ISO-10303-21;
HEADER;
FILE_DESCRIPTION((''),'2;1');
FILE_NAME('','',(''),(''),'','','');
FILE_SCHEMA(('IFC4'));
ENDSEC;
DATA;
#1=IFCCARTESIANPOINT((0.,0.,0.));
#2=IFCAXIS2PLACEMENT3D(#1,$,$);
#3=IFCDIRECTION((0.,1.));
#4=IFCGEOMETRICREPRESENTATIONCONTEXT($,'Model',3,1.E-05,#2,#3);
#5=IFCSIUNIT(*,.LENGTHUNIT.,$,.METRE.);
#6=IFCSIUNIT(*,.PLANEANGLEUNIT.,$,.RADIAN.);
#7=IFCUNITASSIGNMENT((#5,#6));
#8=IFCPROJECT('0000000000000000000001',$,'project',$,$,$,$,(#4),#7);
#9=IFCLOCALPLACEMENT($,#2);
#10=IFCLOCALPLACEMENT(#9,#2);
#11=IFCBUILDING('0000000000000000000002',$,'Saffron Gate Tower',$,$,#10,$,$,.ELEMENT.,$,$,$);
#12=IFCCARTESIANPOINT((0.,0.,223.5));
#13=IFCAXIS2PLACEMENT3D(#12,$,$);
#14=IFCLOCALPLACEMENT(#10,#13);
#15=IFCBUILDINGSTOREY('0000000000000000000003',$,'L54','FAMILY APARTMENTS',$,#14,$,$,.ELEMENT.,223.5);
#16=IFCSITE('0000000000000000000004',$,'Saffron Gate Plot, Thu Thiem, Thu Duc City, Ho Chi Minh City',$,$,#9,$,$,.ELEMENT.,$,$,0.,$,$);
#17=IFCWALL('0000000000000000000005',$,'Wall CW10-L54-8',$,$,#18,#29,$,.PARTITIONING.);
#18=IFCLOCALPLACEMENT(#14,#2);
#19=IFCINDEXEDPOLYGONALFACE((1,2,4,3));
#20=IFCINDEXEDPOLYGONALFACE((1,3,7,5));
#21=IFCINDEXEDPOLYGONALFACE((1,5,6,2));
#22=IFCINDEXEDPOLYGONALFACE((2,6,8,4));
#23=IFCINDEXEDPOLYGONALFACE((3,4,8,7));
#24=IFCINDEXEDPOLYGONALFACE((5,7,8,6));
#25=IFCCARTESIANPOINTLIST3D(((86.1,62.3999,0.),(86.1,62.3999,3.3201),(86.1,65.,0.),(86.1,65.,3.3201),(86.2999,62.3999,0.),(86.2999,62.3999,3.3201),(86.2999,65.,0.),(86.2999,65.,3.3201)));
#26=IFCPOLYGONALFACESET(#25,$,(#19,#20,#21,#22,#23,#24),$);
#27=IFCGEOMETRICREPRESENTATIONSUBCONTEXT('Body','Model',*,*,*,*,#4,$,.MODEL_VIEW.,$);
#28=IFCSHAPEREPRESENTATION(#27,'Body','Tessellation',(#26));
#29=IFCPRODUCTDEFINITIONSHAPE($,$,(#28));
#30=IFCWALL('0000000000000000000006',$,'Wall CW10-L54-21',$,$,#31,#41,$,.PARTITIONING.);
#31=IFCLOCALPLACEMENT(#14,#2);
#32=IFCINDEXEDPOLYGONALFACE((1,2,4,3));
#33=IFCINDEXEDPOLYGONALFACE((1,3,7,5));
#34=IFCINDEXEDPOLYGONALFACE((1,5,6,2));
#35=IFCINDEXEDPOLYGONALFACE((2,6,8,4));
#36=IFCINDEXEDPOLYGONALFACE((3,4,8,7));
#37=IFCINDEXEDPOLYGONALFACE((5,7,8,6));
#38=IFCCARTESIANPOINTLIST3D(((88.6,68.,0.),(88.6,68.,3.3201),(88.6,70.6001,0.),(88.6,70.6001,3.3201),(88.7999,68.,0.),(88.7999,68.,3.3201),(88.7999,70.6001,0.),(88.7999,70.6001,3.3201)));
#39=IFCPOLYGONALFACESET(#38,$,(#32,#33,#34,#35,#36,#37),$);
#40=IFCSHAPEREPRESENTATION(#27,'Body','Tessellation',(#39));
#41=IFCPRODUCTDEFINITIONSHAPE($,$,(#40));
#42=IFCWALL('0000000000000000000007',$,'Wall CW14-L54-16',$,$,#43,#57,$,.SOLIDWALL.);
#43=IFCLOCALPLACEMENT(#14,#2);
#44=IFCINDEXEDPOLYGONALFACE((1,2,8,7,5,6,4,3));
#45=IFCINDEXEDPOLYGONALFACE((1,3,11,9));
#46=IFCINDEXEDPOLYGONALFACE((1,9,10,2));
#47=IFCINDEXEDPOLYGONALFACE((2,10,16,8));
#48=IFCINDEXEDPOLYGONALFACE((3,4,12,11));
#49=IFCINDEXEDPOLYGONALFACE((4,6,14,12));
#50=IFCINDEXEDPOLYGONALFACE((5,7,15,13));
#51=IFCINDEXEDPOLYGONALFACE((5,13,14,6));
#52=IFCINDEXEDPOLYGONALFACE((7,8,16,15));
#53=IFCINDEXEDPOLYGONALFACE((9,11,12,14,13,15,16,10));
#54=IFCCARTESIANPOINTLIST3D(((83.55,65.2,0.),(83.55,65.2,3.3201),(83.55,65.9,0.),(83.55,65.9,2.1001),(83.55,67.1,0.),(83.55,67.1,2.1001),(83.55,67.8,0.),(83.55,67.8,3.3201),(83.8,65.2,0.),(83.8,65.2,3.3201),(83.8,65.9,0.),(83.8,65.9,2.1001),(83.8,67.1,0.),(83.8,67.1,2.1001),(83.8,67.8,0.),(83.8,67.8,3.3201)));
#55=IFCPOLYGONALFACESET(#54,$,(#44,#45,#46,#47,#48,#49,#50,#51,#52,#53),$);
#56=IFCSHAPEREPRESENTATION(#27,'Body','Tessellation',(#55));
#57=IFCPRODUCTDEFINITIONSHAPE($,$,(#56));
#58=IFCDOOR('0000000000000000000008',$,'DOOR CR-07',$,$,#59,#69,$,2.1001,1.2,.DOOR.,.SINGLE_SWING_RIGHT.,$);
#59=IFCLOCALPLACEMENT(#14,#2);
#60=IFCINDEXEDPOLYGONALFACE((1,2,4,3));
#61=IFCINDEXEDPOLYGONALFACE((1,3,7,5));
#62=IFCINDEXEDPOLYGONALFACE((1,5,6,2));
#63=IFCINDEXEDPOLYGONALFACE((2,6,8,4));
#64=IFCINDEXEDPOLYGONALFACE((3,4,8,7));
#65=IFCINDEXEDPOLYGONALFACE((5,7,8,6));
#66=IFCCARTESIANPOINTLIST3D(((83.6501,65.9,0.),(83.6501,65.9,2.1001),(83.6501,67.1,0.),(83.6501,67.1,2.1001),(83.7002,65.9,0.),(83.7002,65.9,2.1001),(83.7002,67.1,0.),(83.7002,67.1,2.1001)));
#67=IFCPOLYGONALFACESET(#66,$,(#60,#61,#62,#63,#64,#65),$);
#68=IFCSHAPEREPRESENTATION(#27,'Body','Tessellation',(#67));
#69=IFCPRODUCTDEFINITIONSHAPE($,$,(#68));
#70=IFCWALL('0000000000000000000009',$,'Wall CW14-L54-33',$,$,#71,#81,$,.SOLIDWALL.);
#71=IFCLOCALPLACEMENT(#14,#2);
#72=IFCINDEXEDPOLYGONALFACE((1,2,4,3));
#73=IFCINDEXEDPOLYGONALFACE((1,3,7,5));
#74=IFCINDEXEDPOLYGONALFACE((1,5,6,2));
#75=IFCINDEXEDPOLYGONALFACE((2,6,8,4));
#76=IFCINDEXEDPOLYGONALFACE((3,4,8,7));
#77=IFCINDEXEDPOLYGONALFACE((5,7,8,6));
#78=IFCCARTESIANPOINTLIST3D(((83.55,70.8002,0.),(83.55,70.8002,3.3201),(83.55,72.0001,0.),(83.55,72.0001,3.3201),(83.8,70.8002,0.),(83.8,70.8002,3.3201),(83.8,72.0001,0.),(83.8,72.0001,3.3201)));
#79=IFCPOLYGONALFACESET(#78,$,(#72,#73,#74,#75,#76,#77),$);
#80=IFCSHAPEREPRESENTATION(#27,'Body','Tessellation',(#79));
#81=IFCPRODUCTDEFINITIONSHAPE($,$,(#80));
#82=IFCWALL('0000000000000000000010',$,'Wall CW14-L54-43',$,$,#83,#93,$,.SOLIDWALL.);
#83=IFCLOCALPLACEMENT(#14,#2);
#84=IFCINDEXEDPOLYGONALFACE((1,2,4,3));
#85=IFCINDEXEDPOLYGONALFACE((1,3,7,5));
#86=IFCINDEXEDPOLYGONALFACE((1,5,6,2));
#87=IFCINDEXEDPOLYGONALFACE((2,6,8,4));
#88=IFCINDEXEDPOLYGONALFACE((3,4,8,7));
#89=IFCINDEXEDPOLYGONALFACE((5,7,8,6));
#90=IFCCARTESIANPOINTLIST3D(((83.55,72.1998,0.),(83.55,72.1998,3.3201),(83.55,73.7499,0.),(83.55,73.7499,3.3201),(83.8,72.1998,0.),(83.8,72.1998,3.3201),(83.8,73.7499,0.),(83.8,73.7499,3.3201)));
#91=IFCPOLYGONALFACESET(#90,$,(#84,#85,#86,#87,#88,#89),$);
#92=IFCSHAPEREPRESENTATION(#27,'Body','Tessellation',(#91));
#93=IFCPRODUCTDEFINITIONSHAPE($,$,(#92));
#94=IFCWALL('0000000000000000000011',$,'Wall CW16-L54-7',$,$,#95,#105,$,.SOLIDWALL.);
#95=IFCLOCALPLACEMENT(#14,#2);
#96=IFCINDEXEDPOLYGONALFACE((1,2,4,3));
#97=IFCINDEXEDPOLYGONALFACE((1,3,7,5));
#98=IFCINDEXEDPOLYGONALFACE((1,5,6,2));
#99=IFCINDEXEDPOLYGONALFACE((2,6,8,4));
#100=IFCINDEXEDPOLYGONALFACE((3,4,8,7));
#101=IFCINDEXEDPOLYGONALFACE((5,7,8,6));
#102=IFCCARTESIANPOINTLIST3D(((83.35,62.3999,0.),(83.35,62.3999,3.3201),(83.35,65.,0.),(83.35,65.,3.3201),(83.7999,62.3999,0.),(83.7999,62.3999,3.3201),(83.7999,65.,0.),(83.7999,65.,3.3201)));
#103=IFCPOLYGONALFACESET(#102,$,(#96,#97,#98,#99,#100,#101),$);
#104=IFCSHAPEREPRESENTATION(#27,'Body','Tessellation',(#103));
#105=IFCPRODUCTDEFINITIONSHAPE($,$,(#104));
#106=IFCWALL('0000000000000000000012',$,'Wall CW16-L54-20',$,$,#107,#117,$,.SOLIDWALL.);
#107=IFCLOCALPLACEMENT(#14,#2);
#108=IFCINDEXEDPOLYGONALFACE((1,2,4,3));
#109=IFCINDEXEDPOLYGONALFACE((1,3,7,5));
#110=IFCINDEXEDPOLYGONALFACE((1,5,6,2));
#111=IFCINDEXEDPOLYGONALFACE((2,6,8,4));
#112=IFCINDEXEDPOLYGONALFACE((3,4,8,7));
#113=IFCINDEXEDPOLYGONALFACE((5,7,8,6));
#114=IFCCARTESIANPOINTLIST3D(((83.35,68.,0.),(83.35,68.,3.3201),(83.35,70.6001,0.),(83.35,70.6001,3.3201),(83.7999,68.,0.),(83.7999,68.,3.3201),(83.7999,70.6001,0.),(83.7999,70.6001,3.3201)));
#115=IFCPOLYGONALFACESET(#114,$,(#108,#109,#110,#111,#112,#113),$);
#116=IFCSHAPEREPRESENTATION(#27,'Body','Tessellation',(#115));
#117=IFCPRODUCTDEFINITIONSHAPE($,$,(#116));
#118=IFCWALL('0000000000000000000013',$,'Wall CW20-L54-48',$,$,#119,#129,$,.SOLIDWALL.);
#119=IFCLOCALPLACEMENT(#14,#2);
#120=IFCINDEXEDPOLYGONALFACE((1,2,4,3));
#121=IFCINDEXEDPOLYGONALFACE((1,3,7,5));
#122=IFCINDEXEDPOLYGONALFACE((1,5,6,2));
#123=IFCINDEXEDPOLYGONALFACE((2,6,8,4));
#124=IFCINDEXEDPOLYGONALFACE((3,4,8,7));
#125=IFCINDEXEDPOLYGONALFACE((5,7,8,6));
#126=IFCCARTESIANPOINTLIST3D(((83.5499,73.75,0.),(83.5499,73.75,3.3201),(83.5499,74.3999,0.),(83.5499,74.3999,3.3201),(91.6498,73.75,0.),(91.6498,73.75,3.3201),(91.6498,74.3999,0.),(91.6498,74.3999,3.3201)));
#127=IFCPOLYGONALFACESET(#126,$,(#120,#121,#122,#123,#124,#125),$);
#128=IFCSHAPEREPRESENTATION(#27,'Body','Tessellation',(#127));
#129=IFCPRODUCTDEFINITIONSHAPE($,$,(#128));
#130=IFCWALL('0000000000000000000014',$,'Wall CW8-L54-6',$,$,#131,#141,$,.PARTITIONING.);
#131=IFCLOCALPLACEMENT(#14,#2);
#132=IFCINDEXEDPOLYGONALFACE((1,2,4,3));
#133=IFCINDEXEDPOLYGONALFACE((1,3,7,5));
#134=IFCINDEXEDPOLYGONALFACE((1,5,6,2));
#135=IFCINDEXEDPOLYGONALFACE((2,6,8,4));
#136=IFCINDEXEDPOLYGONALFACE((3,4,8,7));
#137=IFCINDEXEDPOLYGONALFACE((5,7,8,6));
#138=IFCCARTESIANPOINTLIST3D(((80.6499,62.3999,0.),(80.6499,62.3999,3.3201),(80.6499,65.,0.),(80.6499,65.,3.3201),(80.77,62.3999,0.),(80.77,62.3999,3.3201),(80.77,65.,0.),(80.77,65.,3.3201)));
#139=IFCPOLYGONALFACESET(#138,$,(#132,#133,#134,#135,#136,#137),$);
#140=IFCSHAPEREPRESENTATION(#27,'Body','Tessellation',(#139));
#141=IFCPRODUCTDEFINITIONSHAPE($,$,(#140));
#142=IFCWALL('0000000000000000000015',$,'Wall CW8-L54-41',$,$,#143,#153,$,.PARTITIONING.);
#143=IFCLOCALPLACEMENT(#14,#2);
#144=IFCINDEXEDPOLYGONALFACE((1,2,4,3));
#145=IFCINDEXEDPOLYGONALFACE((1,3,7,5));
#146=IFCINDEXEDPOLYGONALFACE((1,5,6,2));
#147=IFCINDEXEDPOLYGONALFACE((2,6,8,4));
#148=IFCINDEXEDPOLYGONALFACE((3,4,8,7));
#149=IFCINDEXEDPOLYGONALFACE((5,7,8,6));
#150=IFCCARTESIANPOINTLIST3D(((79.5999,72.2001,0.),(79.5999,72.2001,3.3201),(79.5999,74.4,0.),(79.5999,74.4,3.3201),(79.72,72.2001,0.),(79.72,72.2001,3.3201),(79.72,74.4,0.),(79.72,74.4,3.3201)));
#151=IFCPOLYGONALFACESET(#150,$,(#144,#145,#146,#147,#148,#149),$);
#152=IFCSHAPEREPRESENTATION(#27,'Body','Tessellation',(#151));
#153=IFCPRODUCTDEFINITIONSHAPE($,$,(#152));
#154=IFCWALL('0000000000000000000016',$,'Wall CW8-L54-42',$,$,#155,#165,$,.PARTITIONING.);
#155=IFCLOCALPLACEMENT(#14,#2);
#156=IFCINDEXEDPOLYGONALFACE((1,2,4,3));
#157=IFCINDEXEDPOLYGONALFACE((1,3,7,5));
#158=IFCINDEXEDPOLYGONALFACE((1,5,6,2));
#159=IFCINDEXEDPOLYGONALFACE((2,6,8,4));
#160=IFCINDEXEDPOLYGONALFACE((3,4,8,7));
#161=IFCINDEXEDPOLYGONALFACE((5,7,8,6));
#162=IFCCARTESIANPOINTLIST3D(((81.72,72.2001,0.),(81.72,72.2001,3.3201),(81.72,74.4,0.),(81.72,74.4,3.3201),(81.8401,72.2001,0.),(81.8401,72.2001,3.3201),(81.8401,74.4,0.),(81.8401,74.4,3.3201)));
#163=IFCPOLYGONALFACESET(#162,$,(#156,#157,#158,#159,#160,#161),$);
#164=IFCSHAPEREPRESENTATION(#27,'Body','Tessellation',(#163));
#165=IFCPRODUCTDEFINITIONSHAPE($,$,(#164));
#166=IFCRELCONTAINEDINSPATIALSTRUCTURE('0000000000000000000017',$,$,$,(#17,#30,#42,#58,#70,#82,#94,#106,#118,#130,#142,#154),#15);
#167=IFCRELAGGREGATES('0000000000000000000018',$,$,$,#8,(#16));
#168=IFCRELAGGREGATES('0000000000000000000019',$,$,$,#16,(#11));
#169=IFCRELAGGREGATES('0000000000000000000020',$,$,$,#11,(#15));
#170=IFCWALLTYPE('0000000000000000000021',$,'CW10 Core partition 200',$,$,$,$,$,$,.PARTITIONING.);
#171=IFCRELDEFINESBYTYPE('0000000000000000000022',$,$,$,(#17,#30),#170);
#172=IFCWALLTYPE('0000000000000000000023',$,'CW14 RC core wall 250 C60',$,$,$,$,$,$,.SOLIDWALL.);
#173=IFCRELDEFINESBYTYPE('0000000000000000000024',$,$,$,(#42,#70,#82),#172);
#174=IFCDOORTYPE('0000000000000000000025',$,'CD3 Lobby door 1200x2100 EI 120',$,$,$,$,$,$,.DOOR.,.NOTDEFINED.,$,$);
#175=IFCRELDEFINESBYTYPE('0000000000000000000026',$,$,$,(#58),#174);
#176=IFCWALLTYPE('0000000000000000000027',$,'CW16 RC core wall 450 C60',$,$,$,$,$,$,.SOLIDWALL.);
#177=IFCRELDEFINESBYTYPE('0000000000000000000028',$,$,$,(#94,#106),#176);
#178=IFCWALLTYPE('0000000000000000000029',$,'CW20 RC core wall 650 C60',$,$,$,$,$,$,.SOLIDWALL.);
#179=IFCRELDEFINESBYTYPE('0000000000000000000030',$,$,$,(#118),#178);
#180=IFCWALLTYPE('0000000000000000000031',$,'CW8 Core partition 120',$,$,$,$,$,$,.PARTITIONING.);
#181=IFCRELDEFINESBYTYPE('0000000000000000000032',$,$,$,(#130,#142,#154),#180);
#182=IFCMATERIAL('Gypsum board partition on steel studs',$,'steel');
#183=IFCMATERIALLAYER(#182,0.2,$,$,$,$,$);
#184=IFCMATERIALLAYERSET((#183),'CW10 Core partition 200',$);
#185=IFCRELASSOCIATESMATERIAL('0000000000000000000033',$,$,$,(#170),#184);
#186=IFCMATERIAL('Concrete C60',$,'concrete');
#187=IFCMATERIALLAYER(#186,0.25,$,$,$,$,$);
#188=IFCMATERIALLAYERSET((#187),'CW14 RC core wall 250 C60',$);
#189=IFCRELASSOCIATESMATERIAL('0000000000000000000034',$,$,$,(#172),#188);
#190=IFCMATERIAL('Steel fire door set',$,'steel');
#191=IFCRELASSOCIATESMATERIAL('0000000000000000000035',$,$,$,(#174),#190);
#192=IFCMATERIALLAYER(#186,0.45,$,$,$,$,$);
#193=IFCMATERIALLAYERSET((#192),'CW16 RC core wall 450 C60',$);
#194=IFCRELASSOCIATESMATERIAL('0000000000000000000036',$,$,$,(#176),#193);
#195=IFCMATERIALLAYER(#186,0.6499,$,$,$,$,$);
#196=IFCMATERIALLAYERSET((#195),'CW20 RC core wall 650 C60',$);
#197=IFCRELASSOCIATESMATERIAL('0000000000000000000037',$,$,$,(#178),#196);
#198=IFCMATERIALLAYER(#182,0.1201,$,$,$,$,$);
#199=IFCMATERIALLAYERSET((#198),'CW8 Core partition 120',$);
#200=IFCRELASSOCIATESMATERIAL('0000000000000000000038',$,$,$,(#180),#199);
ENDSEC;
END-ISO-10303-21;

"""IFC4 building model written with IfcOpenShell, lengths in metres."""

from ifc_helpers import new_model, si_unit, direction, frame, frame_2d, origin, place, context, subcontext, project, spatial, rectangle, extrude, material, layer, layer_set, type_object, element, fill, save


model = new_model("IFC4")

# Units and contexts
model_context = context("Model", 3, precision=1e-05, world=origin(), true_north=direction((0.0, 1.0)))
body_context = subcontext(model_context, "Body", "Model", "MODEL_VIEW")
ifc_project = project(units=[si_unit("LENGTHUNIT", "METRE"), si_unit("PLANEANGLEUNIT", "RADIAN")], contexts=[model_context])

# Site, building, storey
site_placement = place(None, origin())
site = spatial("IfcSite", under=ifc_project, at=site_placement, Name="Saffron Gate Plot, Thu Thiem, Thu Duc City, Ho Chi Minh City", CompositionType="ELEMENT", RefElevation=0.0)
building_placement = place(site_placement, origin())
building = spatial("IfcBuilding", under=site, at=building_placement, Name="Saffron Gate Tower", CompositionType="ELEMENT")
storey_placement = place(building_placement, frame((0.0, 0.0, 223.5)))
storey = spatial("IfcBuildingStorey", under=building, at=storey_placement, Name="L54", Description="FAMILY APARTMENTS", CompositionType="ELEMENT", Elevation=223.5)

# Walls
ifc_material_1 = material(Name="Gypsum board partition on steel studs", Category="steel")
ifc_layer_1 = layer(ifc_material_1, 0.2)
ifc_layer_set_1 = layer_set([ifc_layer_1], Name="CW10 Core partition 200")
wall_type_1 = type_object("IfcWallType", Name="CW10 Core partition 200", PredefinedType="PARTITIONING", material=ifc_layer_set_1)
for number, where, z_axis, x_axis, name in (
    (1, (86.2, 62.3999, 0.0), (0.0, 0.0, 1.0), (0.0, 1.0, 0.0), "Wall CW10-L54-8"),
    (2, (88.7, 68.0, 0.0), (0.0, 0.0, 1.0), (0.0, 1.0, 0.0), "Wall CW10-L54-21"),
):
    element("IfcWall", number, at=place(storey_placement, frame(where, z_axis=z_axis, x_axis=x_axis)), inside=storey, type_object=wall_type_1, Name=name, PredefinedType="PARTITIONING", context=body_context, shape_type="SweptSolid", body=[
        extrude(rectangle(XDim=2.6001, YDim=0.2, at=frame_2d((1.3, 0.0))), origin(), (0.0, 0.0, 1.0), 3.3201),
    ])

# Wall, opening, door
ifc_material_2 = material(Name="Concrete C60", Category="concrete")
ifc_layer_2 = layer(ifc_material_2, 0.25)
ifc_layer_set_2 = layer_set([ifc_layer_2], Name="CW14 RC core wall 250 C60")
wall_type_2 = type_object("IfcWallType", Name="CW14 RC core wall 250 C60", PredefinedType="SOLIDWALL", material=ifc_layer_set_2)
wall_1_placement = place(storey_placement, frame((83.675, 65.2, 0.0), z_axis=(0.0, 0.0, 1.0), x_axis=(0.0, 1.0, 0.0)))
wall_1 = element("IfcWall", 3, at=wall_1_placement, inside=storey, type_object=wall_type_2, Name="Wall CW14-L54-16", PredefinedType="SOLIDWALL", context=body_context, shape_type="SweptSolid", body=[
    extrude(rectangle(XDim=2.6001, YDim=0.25, at=frame_2d((1.3, 0.0))), origin(), (0.0, 0.0, 1.0), 3.3201),
])
opening_placement = place(wall_1_placement, frame((0.7, 0.0, 0.0)))
opening = element("IfcOpeningElement", 4, at=opening_placement, cuts=wall_1, PredefinedType="OPENING", context=body_context, shape_type="SweptSolid", body=[
    extrude(rectangle(XDim=1.2, YDim=2.1001, at=frame_2d((0.6001, 1.05))), frame((0.0, 0.135, 0.0), z_axis=(0.0, -1.0, 0.0), x_axis=(1.0, 0.0, 0.0)), (0.0, 0.0, 1.0), 0.27),
])
ifc_material_3 = material(Name="Steel fire door set", Category="steel")
door_type = type_object("IfcDoorType", Name="CD3 Lobby door 1200x2100 EI 120", OperationType="NOTDEFINED", PredefinedType="DOOR", material=ifc_material_3)
door_placement = place(opening_placement, origin())
door = element("IfcDoor", 5, at=door_placement, inside=storey, type_object=door_type, Name="DOOR CR-07", OperationType="SINGLE_SWING_RIGHT", OverallHeight=2.1001, OverallWidth=1.2, PredefinedType="DOOR", context=body_context, shape_type="SweptSolid", body=[
    extrude(rectangle(XDim=1.2, YDim=2.1001, at=frame_2d((0.6001, 1.05))), frame((0.0, 0.0249, 0.0), z_axis=(0.0, -1.0, 0.0), x_axis=(1.0, 0.0, 0.0)), (0.0, 0.0, 1.0), 0.05),
])
fill(opening, door)

# Walls
wall_2_placement = place(storey_placement, frame((83.675, 70.8, 0.0), z_axis=(0.0, 0.0, 1.0), x_axis=(0.0, 1.0, 0.0)))
element("IfcWall", 6, at=wall_2_placement, inside=storey, type_object=wall_type_2, Name="Wall CW14-L54-33", PredefinedType="SOLIDWALL", context=body_context, shape_type="SweptSolid", body=[
    extrude(rectangle(XDim=1.2, YDim=0.25, at=frame_2d((0.6001, 0.0))), origin(), (0.0, 0.0, 1.0), 3.3201),
])
wall_3_placement = place(storey_placement, frame((83.675, 72.2, 0.0), z_axis=(0.0, 0.0, 1.0), x_axis=(0.0, 1.0, 0.0)))
element("IfcWall", 7, at=wall_3_placement, inside=storey, type_object=wall_type_2, Name="Wall CW14-L54-43", PredefinedType="SOLIDWALL", context=body_context, shape_type="SweptSolid", body=[
    extrude(rectangle(XDim=1.55, YDim=0.25, at=frame_2d((0.7749, 0.0))), origin(), (0.0, 0.0, 1.0), 3.3201),
])
ifc_layer_3 = layer(ifc_material_2, 0.45)
ifc_layer_set_3 = layer_set([ifc_layer_3], Name="CW16 RC core wall 450 C60")
wall_type_3 = type_object("IfcWallType", Name="CW16 RC core wall 450 C60", PredefinedType="SOLIDWALL", material=ifc_layer_set_3)
for number, where, z_axis, x_axis, name in (
    (8, (83.575, 62.3999, 0.0), (0.0, 0.0, 1.0), (0.0, 1.0, 0.0), "Wall CW16-L54-7"),
    (9, (83.575, 68.0, 0.0), (0.0, 0.0, 1.0), (0.0, 1.0, 0.0), "Wall CW16-L54-20"),
):
    element("IfcWall", number, at=place(storey_placement, frame(where, z_axis=z_axis, x_axis=x_axis)), inside=storey, type_object=wall_type_3, Name=name, PredefinedType="SOLIDWALL", context=body_context, shape_type="SweptSolid", body=[
        extrude(rectangle(XDim=2.6001, YDim=0.45, at=frame_2d((1.3, 0.0))), origin(), (0.0, 0.0, 1.0), 3.3201),
    ])
ifc_layer_4 = layer(ifc_material_2, 0.6499)
ifc_layer_set_4 = layer_set([ifc_layer_4], Name="CW20 RC core wall 650 C60")
wall_type_4 = type_object("IfcWallType", Name="CW20 RC core wall 650 C60", PredefinedType="SOLIDWALL", material=ifc_layer_set_4)
wall_4_placement = place(storey_placement, frame((83.55, 74.075, 0.0), z_axis=(0.0, 0.0, 1.0), x_axis=(1.0, 0.0, 0.0)))
element("IfcWall", 10, at=wall_4_placement, inside=storey, type_object=wall_type_4, Name="Wall CW20-L54-48", PredefinedType="SOLIDWALL", context=body_context, shape_type="SweptSolid", body=[
    extrude(rectangle(XDim=8.0999, YDim=0.6499, at=frame_2d((4.0498, 0.0))), origin(), (0.0, 0.0, 1.0), 3.3201),
])
ifc_layer_5 = layer(ifc_material_1, 0.1201)
ifc_layer_set_5 = layer_set([ifc_layer_5], Name="CW8 Core partition 120")
wall_type_5 = type_object("IfcWallType", Name="CW8 Core partition 120", PredefinedType="PARTITIONING", material=ifc_layer_set_5)
wall_5_placement = place(storey_placement, frame((80.71, 62.3999, 0.0), z_axis=(0.0, 0.0, 1.0), x_axis=(0.0, 1.0, 0.0)))
element("IfcWall", 11, at=wall_5_placement, inside=storey, type_object=wall_type_5, Name="Wall CW8-L54-6", PredefinedType="PARTITIONING", context=body_context, shape_type="SweptSolid", body=[
    extrude(rectangle(XDim=2.6001, YDim=0.1201, at=frame_2d((1.3, 0.0))), origin(), (0.0, 0.0, 1.0), 3.3201),
])
for number, where, z_axis, x_axis, name in (
    (12, (79.6599, 72.2, 0.0), (0.0, 0.0, 1.0), (0.0, 1.0, 0.0), "Wall CW8-L54-41"),
    (13, (81.78, 72.2, 0.0), (0.0, 0.0, 1.0), (0.0, 1.0, 0.0), "Wall CW8-L54-42"),
):
    element("IfcWall", number, at=place(storey_placement, frame(where, z_axis=z_axis, x_axis=x_axis)), inside=storey, type_object=wall_type_5, Name=name, PredefinedType="PARTITIONING", context=body_context, shape_type="SweptSolid", body=[
        extrude(rectangle(XDim=2.2, YDim=0.1201, at=frame_2d((1.1001, 0.0))), origin(), (0.0, 0.0, 1.0), 3.3201),
    ])

save(model, "model.ifc")
